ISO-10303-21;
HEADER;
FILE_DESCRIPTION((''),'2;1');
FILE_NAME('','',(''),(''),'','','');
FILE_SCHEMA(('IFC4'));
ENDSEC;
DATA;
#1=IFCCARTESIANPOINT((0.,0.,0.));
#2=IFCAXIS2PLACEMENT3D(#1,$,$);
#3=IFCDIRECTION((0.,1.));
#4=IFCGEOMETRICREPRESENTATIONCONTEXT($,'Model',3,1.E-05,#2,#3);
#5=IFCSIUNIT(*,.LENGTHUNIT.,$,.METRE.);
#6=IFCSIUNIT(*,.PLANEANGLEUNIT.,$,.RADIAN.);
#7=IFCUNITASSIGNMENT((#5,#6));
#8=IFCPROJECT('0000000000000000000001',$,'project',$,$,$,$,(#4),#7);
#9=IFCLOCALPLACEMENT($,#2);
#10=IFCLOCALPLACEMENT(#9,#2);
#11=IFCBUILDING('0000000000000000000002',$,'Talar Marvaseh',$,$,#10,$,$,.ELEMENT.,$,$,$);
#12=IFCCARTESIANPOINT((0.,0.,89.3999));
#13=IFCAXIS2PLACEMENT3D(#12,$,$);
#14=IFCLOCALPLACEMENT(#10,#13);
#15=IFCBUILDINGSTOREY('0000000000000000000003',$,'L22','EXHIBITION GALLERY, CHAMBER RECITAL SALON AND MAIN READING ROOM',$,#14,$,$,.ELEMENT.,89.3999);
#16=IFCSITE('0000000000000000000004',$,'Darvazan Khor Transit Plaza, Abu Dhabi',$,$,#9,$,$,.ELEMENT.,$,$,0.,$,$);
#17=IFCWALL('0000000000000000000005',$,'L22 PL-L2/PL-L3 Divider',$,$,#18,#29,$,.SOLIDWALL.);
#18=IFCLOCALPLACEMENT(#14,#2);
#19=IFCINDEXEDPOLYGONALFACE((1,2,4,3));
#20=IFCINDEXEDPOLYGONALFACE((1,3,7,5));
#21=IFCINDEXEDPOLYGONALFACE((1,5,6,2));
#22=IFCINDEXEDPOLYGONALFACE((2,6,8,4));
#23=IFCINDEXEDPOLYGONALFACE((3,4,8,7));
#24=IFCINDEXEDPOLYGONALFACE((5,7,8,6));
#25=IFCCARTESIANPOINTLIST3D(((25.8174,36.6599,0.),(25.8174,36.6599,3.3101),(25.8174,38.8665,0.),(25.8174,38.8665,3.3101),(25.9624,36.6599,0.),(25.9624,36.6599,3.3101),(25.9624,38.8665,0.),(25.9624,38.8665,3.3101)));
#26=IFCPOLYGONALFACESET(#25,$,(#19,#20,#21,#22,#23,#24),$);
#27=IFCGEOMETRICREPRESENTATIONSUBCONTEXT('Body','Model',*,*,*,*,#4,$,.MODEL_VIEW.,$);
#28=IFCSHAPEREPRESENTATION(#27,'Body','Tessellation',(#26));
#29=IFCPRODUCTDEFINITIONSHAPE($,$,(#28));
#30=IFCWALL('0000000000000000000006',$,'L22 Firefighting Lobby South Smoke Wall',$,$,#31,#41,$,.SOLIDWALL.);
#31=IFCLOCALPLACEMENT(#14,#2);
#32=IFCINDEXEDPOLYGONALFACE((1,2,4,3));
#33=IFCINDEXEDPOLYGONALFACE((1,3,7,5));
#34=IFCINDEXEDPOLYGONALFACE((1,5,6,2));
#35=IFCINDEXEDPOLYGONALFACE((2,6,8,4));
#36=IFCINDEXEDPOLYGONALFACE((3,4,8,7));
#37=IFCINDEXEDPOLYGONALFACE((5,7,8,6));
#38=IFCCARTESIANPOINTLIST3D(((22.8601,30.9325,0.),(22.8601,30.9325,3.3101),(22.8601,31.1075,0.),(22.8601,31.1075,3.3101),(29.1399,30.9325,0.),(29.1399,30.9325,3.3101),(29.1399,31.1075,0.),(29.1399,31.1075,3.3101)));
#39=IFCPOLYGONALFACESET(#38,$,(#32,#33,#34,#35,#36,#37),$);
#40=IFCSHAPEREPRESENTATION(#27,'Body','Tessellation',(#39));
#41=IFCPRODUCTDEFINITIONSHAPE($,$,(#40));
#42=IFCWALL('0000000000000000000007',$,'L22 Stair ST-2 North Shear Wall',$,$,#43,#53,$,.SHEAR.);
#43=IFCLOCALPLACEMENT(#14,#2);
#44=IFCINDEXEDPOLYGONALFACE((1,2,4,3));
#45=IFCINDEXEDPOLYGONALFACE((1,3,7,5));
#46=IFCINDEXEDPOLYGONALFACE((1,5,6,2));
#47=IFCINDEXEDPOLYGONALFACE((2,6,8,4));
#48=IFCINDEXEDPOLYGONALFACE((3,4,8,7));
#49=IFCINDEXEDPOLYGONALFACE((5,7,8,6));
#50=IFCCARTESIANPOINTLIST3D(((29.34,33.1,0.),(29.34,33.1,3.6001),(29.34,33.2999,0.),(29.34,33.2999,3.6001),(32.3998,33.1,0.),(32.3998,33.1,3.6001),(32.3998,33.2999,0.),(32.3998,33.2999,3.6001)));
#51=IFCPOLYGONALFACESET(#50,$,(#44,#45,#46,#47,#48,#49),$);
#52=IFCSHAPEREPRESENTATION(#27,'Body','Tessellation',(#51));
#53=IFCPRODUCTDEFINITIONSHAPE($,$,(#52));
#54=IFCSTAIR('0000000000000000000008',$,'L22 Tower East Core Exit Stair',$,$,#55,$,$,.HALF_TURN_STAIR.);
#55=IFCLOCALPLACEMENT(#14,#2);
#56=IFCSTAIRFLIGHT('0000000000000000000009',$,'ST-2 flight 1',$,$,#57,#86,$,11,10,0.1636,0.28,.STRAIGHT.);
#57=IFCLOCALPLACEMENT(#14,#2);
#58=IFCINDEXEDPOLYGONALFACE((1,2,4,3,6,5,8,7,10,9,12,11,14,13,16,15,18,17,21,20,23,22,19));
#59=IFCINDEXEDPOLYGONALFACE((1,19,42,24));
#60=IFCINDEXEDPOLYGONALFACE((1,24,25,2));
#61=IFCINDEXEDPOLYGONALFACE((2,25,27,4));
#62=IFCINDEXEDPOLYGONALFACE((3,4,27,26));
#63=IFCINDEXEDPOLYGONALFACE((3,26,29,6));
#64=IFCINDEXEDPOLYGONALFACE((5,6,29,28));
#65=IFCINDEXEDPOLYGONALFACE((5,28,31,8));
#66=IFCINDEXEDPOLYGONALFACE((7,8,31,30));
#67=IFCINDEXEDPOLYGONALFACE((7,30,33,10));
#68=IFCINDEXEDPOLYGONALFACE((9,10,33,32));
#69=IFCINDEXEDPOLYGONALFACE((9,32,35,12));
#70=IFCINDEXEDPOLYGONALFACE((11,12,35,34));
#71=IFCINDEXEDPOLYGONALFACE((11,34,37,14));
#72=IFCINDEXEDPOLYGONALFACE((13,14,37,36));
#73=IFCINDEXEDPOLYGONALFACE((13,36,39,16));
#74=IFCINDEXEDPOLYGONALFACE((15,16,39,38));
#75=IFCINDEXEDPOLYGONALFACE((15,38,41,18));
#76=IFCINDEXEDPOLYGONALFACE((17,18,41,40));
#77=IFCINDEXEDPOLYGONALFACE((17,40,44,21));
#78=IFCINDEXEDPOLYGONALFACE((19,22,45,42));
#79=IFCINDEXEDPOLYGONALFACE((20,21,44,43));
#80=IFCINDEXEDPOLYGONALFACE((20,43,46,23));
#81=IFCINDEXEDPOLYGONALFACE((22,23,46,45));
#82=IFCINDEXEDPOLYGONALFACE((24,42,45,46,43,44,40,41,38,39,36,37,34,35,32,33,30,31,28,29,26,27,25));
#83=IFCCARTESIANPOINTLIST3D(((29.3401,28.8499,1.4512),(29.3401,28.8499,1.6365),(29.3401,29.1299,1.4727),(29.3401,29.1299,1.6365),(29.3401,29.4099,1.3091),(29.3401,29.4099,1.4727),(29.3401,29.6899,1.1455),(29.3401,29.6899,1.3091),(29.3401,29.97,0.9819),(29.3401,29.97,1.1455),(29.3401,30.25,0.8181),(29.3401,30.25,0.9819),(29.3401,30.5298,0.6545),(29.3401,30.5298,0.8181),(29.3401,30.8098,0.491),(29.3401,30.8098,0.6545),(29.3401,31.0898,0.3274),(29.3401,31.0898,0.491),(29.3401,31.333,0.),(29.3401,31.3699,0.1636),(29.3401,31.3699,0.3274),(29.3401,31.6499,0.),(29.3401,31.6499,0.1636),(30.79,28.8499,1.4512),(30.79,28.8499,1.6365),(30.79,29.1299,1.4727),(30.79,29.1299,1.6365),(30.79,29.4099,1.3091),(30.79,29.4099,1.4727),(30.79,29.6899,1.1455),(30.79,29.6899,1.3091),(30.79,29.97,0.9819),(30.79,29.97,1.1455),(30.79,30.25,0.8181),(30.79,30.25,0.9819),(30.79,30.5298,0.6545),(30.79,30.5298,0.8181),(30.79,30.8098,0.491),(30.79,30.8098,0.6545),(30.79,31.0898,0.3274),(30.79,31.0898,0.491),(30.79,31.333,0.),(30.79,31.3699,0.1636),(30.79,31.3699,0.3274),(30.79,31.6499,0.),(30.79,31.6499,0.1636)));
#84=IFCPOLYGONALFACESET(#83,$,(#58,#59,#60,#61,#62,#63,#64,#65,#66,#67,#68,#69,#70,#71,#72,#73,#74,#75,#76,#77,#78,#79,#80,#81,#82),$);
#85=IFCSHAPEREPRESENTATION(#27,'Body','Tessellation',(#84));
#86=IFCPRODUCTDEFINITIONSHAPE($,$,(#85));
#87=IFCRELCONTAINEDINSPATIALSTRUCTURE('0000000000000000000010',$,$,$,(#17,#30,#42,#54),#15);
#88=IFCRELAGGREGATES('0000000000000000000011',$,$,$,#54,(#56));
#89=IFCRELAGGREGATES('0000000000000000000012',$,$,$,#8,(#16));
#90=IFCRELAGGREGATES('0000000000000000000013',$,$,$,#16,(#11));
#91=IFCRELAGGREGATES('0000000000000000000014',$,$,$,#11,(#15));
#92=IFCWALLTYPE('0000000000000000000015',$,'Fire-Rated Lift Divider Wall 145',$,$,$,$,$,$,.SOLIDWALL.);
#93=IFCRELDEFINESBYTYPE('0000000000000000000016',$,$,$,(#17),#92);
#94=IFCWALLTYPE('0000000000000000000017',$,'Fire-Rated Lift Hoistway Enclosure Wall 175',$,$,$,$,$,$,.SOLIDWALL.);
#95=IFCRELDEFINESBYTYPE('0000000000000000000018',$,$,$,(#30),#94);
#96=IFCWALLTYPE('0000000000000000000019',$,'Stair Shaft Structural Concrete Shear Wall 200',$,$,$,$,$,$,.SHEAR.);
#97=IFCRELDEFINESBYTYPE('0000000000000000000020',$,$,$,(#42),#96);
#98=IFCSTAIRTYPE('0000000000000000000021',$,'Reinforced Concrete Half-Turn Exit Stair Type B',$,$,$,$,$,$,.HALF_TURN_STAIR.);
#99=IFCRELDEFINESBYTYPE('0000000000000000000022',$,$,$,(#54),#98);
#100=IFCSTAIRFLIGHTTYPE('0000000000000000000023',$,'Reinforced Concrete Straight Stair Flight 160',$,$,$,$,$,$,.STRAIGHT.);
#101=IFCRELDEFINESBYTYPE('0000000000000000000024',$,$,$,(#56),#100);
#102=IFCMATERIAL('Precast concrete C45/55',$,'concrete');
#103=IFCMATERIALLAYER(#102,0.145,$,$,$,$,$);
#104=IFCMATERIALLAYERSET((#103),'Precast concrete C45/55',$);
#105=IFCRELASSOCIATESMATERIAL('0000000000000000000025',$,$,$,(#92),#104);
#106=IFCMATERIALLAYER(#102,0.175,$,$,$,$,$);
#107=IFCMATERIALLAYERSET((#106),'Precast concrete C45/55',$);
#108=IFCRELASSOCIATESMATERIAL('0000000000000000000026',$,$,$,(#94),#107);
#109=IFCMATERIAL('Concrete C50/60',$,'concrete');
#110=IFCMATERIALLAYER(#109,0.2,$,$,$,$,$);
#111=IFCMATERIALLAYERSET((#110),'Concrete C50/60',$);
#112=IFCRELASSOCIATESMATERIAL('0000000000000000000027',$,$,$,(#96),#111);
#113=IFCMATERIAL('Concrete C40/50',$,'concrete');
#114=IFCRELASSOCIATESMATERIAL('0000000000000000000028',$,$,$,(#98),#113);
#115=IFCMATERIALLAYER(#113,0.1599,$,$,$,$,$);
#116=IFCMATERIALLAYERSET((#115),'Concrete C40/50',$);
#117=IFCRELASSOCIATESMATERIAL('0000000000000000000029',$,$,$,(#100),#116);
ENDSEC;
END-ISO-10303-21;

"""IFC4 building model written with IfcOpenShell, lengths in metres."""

from ifc_helpers import new_model, si_unit, direction, frame, frame_2d, origin, place, context, subcontext, project, spatial, polyline, rectangle, outline, extrude, material, layer, layer_set, type_object, element, aggregate, save


model = new_model("IFC4")

# Units and contexts
model_context = context("Model", 3, precision=1e-05, world=origin(), true_north=direction((0.0, 1.0)))
body_context = subcontext(model_context, "Body", "Model", "MODEL_VIEW")
ifc_project = project(units=[si_unit("LENGTHUNIT", "METRE"), si_unit("PLANEANGLEUNIT", "RADIAN")], contexts=[model_context])

# Site, building, storey
site_placement = place(None, origin())
site = spatial("IfcSite", under=ifc_project, at=site_placement, Name="Darvazan Khor Transit Plaza, Abu Dhabi", CompositionType="ELEMENT", RefElevation=0.0)
building_placement = place(site_placement, origin())
building = spatial("IfcBuilding", under=site, at=building_placement, Name="Talar Marvaseh", CompositionType="ELEMENT")
storey_placement = place(building_placement, frame((0.0, 0.0, 89.3999)))
storey = spatial("IfcBuildingStorey", under=building, at=storey_placement, Name="L22", Description="EXHIBITION GALLERY, CHAMBER RECITAL SALON AND MAIN READING ROOM", CompositionType="ELEMENT", Elevation=89.3999)

# Shared definitions
ifc_material_1 = material(Name="Concrete C40/50", Category="concrete")

# Wall
ifc_material_2 = material(Name="Precast concrete C45/55", Category="concrete")
ifc_layer_1 = layer(ifc_material_2, 0.145)
ifc_layer_set_1 = layer_set([ifc_layer_1], Name="Precast concrete C45/55")
wall_type_1 = type_object("IfcWallType", Name="Fire-Rated Lift Divider Wall 145", PredefinedType="SOLIDWALL", material=ifc_layer_set_1)
for number, where, z_axis, x_axis, name in (
    (1, (25.8899, 36.6599, 0.0), (0.0, 0.0, 1.0), (0.0, 1.0, 0.0), "L22 PL-L2/PL-L3 Divider"),
):
    element("IfcWall", number, at=place(storey_placement, frame(where, z_axis=z_axis, x_axis=x_axis)), inside=storey, type_object=wall_type_1, Name=name, PredefinedType="SOLIDWALL", context=body_context, shape_type="SweptSolid", body=[
        extrude(rectangle(XDim=2.2065, YDim=0.145, at=frame_2d((1.1033, 0.0))), origin(), (0.0, 0.0, 1.0), 3.3101),
    ])

# Shared definitions
ifc_layer_2 = layer(ifc_material_2, 0.175)
ifc_layer_set_2 = layer_set([ifc_layer_2], Name="Precast concrete C45/55")
wall_type_2 = type_object("IfcWallType", Name="Fire-Rated Lift Hoistway Enclosure Wall 175", PredefinedType="SOLIDWALL", material=ifc_layer_set_2)

# Walls
wall_1_placement = place(storey_placement, frame((22.8601, 31.02, 0.0), z_axis=(0.0, 0.0, 1.0), x_axis=(1.0, 0.0, 0.0)))
element("IfcWall", 2, at=wall_1_placement, inside=storey, type_object=wall_type_2, Name="L22 Firefighting Lobby South Smoke Wall", PredefinedType="SOLIDWALL", context=body_context, shape_type="SweptSolid", body=[
    extrude(rectangle(XDim=6.2798, YDim=0.175, at=frame_2d((3.1399, 0.0))), origin(), (0.0, 0.0, 1.0), 3.3101),
])
ifc_material_3 = material(Name="Concrete C50/60", Category="concrete")
ifc_layer_3 = layer(ifc_material_3, 0.2)
ifc_layer_set_3 = layer_set([ifc_layer_3], Name="Concrete C50/60")
wall_type_3 = type_object("IfcWallType", Name="Stair Shaft Structural Concrete Shear Wall 200", PredefinedType="SHEAR", material=ifc_layer_set_3)
wall_2_placement = place(storey_placement, frame((29.3401, 33.2, 0.0), z_axis=(0.0, 0.0, 1.0), x_axis=(1.0, 0.0, 0.0)))
element("IfcWall", 3, at=wall_2_placement, inside=storey, type_object=wall_type_3, Name="L22 Stair ST-2 North Shear Wall", PredefinedType="SHEAR", context=body_context, shape_type="SweptSolid", body=[
    extrude(rectangle(XDim=3.0598, YDim=0.2, at=frame_2d((1.5298, 0.0))), origin(), (0.0, 0.0, 1.0), 3.6001),
])

# Stair, stair flight
stair_type = type_object("IfcStairType", Name="Reinforced Concrete Half-Turn Exit Stair Type B", PredefinedType="HALF_TURN_STAIR", material=ifc_material_1)
stair_placement = place(storey_placement, origin())
stair = element("IfcStair", 4, at=stair_placement, inside=storey, type_object=stair_type, Name="L22 Tower East Core Exit Stair", PredefinedType="HALF_TURN_STAIR")
ifc_layer_4 = layer(ifc_material_1, 0.1599)
ifc_layer_set_4 = layer_set([ifc_layer_4], Name="Concrete C40/50")
stair_flight_type = type_object("IfcStairFlightType", Name="Reinforced Concrete Straight Stair Flight 160", PredefinedType="STRAIGHT", material=ifc_layer_set_4)
stair_flight_placement = place(storey_placement, frame((30.0649, 31.6499, 0.0), z_axis=(0.0, 0.0, 1.0), x_axis=(0.0, -1.0, 0.0)))
stair_flight = element("IfcStairFlight", 5, at=stair_flight_placement, type_object=stair_flight_type, Name="ST-2 flight 1", NumberOfRisers=11, NumberOfTreads=10, PredefinedType="STRAIGHT", RiserHeight=0.1636, TreadLength=0.28, context=body_context, shape_type="SweptSolid", body=[
    extrude(outline(polyline([(0.0, 0.0), (0.0, 0.1636), (0.28, 0.1636), (0.28, 0.3274), (0.5601, 0.3274), (0.5601, 0.491), (0.8401, 0.491), (0.8401, 0.6545), (1.1201, 0.6545), (1.1201, 0.8181), (1.3999, 0.8181), (1.3999, 0.9819), (1.6799, 0.9819), (1.6799, 1.1455), (1.96, 1.1455), (1.96, 1.3091), (2.24, 1.3091), (2.24, 1.4727), (2.52, 1.4727), (2.52, 1.6365), (2.8, 1.6365), (2.8, 1.8), (2.8, 1.4512), (0.3169, 0.0), (0.0, 0.0)])), frame((0.0, 0.7251, 0.0), z_axis=(0.0, -1.0, 0.0), x_axis=(1.0, 0.0, 0.0)), (0.0, 0.0, 1.0), 1.45),
])
aggregate(stair, [stair_flight])

save(model, "model.ifc")
